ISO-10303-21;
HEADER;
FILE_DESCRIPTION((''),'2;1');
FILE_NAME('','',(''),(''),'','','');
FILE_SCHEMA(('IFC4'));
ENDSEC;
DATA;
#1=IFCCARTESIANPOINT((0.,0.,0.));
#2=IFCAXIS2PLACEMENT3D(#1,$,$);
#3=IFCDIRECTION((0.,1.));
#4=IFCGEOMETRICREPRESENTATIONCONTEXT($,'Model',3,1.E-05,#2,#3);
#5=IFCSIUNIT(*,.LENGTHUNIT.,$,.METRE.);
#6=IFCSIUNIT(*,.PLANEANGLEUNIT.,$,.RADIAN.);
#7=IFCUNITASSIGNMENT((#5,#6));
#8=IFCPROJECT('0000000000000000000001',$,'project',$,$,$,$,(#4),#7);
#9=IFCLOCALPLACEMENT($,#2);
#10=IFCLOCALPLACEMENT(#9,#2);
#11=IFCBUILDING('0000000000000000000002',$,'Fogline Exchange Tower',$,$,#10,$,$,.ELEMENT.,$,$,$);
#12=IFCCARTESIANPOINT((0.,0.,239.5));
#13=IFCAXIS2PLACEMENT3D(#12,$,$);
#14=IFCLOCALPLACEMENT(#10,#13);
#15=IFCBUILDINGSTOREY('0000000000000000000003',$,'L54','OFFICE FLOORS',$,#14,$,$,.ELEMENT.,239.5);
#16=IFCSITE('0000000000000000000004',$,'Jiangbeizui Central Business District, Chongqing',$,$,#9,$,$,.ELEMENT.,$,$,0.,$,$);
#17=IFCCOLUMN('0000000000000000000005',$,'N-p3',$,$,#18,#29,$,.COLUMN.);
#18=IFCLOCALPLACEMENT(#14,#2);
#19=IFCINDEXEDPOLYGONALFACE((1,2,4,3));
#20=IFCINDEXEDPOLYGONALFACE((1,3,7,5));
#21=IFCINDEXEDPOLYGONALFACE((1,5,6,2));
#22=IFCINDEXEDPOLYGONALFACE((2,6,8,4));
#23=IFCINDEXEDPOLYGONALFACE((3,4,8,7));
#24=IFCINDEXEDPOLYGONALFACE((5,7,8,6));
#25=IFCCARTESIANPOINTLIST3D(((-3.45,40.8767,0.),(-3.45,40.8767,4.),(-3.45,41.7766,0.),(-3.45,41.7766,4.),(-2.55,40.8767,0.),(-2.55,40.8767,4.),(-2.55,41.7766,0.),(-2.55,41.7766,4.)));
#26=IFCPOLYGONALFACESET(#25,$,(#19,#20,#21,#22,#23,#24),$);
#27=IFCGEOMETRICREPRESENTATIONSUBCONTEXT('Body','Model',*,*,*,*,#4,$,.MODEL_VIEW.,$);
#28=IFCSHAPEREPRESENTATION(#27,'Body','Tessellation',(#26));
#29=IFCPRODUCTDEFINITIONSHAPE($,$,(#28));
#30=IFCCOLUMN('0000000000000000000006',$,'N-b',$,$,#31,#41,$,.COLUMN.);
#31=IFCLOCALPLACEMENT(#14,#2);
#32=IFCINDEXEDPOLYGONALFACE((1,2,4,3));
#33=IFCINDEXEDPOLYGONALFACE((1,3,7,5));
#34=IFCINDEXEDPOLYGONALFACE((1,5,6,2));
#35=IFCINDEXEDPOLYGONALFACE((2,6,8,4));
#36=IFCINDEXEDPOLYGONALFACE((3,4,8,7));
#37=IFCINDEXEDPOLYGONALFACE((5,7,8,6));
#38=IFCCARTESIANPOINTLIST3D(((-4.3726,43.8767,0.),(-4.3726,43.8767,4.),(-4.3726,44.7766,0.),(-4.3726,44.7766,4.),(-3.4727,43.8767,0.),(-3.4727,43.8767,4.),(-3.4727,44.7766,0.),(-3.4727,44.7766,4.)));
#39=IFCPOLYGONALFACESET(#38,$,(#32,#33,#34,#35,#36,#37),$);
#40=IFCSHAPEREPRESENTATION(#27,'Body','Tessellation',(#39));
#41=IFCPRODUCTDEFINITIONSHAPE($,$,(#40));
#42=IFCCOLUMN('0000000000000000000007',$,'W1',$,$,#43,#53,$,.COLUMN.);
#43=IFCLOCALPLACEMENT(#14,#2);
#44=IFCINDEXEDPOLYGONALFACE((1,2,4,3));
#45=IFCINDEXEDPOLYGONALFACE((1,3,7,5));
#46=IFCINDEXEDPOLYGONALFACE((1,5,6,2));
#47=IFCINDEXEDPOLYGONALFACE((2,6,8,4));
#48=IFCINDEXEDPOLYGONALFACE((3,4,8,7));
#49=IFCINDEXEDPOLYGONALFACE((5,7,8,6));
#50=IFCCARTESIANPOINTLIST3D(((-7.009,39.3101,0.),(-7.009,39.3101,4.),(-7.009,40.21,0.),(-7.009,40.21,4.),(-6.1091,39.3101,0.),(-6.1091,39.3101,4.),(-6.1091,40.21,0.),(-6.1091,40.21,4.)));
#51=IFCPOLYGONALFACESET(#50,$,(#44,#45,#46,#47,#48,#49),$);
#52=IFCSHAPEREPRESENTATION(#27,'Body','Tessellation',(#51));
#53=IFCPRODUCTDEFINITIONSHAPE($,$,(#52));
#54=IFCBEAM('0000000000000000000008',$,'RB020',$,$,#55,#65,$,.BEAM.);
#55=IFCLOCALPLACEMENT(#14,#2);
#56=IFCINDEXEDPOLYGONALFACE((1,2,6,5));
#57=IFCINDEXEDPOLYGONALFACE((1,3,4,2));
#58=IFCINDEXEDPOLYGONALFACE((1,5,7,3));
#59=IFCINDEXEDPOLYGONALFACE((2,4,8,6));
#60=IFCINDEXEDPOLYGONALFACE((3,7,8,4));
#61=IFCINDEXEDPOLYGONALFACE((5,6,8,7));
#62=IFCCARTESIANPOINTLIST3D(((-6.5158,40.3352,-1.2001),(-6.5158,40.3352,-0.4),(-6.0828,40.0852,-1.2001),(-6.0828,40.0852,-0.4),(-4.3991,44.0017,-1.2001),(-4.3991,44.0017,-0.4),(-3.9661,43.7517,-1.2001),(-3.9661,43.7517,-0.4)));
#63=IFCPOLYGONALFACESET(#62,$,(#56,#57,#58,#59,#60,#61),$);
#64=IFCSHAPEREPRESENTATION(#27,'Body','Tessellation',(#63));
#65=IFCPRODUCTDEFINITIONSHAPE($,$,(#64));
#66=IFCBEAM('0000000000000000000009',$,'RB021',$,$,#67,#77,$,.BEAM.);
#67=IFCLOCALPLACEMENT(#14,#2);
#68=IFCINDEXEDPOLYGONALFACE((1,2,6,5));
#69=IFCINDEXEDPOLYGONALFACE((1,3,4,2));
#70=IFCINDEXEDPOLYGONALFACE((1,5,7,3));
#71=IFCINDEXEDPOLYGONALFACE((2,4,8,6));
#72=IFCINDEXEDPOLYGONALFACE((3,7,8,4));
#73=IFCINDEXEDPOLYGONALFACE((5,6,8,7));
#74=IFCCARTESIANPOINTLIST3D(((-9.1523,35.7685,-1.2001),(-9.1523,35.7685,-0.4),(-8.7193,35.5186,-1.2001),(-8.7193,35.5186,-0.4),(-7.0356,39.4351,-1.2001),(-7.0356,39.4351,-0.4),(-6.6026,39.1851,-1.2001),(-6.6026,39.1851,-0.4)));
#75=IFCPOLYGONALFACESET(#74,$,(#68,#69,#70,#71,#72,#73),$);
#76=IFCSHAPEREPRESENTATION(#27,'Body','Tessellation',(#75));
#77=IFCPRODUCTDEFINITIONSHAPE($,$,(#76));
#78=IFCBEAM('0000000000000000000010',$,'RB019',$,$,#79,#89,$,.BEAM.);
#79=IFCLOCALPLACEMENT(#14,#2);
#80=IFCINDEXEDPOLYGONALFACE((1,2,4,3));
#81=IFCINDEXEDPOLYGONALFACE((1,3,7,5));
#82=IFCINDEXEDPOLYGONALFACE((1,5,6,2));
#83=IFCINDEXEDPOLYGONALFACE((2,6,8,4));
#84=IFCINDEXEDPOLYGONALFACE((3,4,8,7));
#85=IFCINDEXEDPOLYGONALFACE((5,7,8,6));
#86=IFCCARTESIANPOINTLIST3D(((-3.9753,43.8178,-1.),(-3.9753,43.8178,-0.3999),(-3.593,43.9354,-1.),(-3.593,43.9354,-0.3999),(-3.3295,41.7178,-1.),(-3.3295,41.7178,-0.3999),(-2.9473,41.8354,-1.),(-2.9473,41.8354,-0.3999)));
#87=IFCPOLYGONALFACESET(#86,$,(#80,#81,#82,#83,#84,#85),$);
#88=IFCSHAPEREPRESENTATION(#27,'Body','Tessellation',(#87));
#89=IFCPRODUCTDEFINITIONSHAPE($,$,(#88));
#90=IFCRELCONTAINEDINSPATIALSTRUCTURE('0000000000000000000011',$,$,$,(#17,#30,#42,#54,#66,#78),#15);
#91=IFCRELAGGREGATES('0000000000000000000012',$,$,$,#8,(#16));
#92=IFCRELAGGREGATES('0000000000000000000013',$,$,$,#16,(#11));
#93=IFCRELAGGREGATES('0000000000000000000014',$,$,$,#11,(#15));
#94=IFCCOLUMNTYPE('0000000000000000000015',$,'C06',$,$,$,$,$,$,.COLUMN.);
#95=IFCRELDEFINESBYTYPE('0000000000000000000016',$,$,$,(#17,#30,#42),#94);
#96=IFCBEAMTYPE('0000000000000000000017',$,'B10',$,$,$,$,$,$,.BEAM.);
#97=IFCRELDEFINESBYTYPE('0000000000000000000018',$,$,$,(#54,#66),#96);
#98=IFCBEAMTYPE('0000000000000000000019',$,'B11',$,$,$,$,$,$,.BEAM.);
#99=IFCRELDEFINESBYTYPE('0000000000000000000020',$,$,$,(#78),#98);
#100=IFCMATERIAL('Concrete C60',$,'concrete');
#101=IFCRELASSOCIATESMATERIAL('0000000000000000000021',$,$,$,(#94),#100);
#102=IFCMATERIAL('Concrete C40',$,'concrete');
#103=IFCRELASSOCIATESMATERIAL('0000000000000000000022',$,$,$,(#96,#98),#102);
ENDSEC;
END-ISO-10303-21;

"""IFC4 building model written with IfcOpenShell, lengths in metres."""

from ifc_helpers import new_model, si_unit, direction, frame, origin, origin_2d, place, context, subcontext, project, spatial, rectangle, extrude, material, material_profile, profile_set, type_object, element, save


model = new_model("IFC4")

# Units and contexts
model_context = context("Model", 3, precision=1e-05, world=origin(), true_north=direction((0.0, 1.0)))
body_context = subcontext(model_context, "Body", "Model", "MODEL_VIEW")
ifc_project = project(units=[si_unit("LENGTHUNIT", "METRE"), si_unit("PLANEANGLEUNIT", "RADIAN")], contexts=[model_context])

# Site, building, storey
site_placement = place(None, origin())
site = spatial("IfcSite", under=ifc_project, at=site_placement, Name="Jiangbeizui Central Business District, Chongqing", CompositionType="ELEMENT", RefElevation=0.0)
building_placement = place(site_placement, origin())
building = spatial("IfcBuilding", under=site, at=building_placement, Name="Fogline Exchange Tower", CompositionType="ELEMENT")
storey_placement = place(building_placement, frame((0.0, 0.0, 239.5)))
storey = spatial("IfcBuildingStorey", under=building, at=storey_placement, Name="L54", Description="OFFICE FLOORS", CompositionType="ELEMENT", Elevation=239.5)

# Columns
ifc_material_1 = material(Name="Concrete C60", Category="concrete")
ifc_material_profile_1 = material_profile(ifc_material_1, rectangle(XDim=0.8999, YDim=0.8999, at=origin_2d()), Name="RC 900x900")
ifc_profile_set_1 = profile_set([ifc_material_profile_1], Name="Concrete C60")
column_type = type_object("IfcColumnType", Name="C06", PredefinedType="COLUMN", material=ifc_profile_set_1)
for number, where, z_axis, x_axis, name in (
    (1, (-3.0, 41.3267, 0.0), (0.0, 0.0, 1.0), (1.0, 0.0, 0.0), "N-p3"),
    (2, (-3.9226, 44.3267, 0.0), (0.0, 0.0, 1.0), (1.0, 0.0, 0.0), "N-b"),
    (3, (-6.5591, 39.76, 0.0), (0.0, 0.0, 1.0), (1.0, 0.0, 0.0), "W1"),
):
    element("IfcColumn", number, at=place(storey_placement, frame(where, z_axis=z_axis, x_axis=x_axis)), inside=storey, type_object=column_type, Name=name, PredefinedType="COLUMN", context=body_context, shape_type="SweptSolid", body=[
        extrude(rectangle(XDim=0.8999, YDim=0.8999, at=origin_2d()), origin(), (0.0, 0.0, 1.0), 4.0),
    ])

# Beams
ifc_material_2 = material(Name="Concrete C40", Category="concrete")
ifc_material_profile_2 = material_profile(ifc_material_2, rectangle(XDim=0.5, YDim=0.8, at=origin_2d()), Name="RC 500x800")
ifc_profile_set_2 = profile_set([ifc_material_profile_2], Name="Concrete C40")
beam_type_1 = type_object("IfcBeamType", Name="B10", PredefinedType="BEAM", material=ifc_profile_set_2)
for number, where, z_axis, x_axis, name in (
    (4, (-4.1826, 43.8767, -0.8), (-0.499972, -0.866042, 0.0), (0.866042, -0.499972, 0.0), "RB020"),
    (5, (-6.8191, 39.3101, -0.8), (-0.499972, -0.866042, 0.0), (0.866042, -0.499972, 0.0), "RB021"),
):
    element("IfcBeam", number, at=place(storey_placement, frame(where, z_axis=z_axis, x_axis=x_axis)), inside=storey, type_object=beam_type_1, Name=name, PredefinedType="BEAM", context=body_context, shape_type="SweptSolid", body=[
        extrude(rectangle(XDim=0.5, YDim=0.8, at=origin_2d()), origin(), (0.0, 0.0, 1.0), 4.2336),
    ])
ifc_material_profile_3 = material_profile(ifc_material_2, rectangle(XDim=0.3999, YDim=0.6001, at=origin_2d()), Name="RC 400x600")
ifc_profile_set_3 = profile_set([ifc_material_profile_3], Name="Concrete C40")
beam_type_2 = type_object("IfcBeamType", Name="B11", PredefinedType="BEAM", material=ifc_profile_set_3)
beam_placement = place(storey_placement, frame((-3.1384, 41.7766, -0.7), z_axis=(-0.293906, 0.955834, 0.0), x_axis=(-0.955834, -0.293906, 0.0)))
element("IfcBeam", 6, at=beam_placement, inside=storey, type_object=beam_type_2, Name="RB019", PredefinedType="BEAM", context=body_context, shape_type="SweptSolid", body=[
    extrude(rectangle(XDim=0.3999, YDim=0.6001, at=origin_2d()), origin(), (0.0, 0.0, 1.0), 2.197),
])

save(model, "model.ifc")
